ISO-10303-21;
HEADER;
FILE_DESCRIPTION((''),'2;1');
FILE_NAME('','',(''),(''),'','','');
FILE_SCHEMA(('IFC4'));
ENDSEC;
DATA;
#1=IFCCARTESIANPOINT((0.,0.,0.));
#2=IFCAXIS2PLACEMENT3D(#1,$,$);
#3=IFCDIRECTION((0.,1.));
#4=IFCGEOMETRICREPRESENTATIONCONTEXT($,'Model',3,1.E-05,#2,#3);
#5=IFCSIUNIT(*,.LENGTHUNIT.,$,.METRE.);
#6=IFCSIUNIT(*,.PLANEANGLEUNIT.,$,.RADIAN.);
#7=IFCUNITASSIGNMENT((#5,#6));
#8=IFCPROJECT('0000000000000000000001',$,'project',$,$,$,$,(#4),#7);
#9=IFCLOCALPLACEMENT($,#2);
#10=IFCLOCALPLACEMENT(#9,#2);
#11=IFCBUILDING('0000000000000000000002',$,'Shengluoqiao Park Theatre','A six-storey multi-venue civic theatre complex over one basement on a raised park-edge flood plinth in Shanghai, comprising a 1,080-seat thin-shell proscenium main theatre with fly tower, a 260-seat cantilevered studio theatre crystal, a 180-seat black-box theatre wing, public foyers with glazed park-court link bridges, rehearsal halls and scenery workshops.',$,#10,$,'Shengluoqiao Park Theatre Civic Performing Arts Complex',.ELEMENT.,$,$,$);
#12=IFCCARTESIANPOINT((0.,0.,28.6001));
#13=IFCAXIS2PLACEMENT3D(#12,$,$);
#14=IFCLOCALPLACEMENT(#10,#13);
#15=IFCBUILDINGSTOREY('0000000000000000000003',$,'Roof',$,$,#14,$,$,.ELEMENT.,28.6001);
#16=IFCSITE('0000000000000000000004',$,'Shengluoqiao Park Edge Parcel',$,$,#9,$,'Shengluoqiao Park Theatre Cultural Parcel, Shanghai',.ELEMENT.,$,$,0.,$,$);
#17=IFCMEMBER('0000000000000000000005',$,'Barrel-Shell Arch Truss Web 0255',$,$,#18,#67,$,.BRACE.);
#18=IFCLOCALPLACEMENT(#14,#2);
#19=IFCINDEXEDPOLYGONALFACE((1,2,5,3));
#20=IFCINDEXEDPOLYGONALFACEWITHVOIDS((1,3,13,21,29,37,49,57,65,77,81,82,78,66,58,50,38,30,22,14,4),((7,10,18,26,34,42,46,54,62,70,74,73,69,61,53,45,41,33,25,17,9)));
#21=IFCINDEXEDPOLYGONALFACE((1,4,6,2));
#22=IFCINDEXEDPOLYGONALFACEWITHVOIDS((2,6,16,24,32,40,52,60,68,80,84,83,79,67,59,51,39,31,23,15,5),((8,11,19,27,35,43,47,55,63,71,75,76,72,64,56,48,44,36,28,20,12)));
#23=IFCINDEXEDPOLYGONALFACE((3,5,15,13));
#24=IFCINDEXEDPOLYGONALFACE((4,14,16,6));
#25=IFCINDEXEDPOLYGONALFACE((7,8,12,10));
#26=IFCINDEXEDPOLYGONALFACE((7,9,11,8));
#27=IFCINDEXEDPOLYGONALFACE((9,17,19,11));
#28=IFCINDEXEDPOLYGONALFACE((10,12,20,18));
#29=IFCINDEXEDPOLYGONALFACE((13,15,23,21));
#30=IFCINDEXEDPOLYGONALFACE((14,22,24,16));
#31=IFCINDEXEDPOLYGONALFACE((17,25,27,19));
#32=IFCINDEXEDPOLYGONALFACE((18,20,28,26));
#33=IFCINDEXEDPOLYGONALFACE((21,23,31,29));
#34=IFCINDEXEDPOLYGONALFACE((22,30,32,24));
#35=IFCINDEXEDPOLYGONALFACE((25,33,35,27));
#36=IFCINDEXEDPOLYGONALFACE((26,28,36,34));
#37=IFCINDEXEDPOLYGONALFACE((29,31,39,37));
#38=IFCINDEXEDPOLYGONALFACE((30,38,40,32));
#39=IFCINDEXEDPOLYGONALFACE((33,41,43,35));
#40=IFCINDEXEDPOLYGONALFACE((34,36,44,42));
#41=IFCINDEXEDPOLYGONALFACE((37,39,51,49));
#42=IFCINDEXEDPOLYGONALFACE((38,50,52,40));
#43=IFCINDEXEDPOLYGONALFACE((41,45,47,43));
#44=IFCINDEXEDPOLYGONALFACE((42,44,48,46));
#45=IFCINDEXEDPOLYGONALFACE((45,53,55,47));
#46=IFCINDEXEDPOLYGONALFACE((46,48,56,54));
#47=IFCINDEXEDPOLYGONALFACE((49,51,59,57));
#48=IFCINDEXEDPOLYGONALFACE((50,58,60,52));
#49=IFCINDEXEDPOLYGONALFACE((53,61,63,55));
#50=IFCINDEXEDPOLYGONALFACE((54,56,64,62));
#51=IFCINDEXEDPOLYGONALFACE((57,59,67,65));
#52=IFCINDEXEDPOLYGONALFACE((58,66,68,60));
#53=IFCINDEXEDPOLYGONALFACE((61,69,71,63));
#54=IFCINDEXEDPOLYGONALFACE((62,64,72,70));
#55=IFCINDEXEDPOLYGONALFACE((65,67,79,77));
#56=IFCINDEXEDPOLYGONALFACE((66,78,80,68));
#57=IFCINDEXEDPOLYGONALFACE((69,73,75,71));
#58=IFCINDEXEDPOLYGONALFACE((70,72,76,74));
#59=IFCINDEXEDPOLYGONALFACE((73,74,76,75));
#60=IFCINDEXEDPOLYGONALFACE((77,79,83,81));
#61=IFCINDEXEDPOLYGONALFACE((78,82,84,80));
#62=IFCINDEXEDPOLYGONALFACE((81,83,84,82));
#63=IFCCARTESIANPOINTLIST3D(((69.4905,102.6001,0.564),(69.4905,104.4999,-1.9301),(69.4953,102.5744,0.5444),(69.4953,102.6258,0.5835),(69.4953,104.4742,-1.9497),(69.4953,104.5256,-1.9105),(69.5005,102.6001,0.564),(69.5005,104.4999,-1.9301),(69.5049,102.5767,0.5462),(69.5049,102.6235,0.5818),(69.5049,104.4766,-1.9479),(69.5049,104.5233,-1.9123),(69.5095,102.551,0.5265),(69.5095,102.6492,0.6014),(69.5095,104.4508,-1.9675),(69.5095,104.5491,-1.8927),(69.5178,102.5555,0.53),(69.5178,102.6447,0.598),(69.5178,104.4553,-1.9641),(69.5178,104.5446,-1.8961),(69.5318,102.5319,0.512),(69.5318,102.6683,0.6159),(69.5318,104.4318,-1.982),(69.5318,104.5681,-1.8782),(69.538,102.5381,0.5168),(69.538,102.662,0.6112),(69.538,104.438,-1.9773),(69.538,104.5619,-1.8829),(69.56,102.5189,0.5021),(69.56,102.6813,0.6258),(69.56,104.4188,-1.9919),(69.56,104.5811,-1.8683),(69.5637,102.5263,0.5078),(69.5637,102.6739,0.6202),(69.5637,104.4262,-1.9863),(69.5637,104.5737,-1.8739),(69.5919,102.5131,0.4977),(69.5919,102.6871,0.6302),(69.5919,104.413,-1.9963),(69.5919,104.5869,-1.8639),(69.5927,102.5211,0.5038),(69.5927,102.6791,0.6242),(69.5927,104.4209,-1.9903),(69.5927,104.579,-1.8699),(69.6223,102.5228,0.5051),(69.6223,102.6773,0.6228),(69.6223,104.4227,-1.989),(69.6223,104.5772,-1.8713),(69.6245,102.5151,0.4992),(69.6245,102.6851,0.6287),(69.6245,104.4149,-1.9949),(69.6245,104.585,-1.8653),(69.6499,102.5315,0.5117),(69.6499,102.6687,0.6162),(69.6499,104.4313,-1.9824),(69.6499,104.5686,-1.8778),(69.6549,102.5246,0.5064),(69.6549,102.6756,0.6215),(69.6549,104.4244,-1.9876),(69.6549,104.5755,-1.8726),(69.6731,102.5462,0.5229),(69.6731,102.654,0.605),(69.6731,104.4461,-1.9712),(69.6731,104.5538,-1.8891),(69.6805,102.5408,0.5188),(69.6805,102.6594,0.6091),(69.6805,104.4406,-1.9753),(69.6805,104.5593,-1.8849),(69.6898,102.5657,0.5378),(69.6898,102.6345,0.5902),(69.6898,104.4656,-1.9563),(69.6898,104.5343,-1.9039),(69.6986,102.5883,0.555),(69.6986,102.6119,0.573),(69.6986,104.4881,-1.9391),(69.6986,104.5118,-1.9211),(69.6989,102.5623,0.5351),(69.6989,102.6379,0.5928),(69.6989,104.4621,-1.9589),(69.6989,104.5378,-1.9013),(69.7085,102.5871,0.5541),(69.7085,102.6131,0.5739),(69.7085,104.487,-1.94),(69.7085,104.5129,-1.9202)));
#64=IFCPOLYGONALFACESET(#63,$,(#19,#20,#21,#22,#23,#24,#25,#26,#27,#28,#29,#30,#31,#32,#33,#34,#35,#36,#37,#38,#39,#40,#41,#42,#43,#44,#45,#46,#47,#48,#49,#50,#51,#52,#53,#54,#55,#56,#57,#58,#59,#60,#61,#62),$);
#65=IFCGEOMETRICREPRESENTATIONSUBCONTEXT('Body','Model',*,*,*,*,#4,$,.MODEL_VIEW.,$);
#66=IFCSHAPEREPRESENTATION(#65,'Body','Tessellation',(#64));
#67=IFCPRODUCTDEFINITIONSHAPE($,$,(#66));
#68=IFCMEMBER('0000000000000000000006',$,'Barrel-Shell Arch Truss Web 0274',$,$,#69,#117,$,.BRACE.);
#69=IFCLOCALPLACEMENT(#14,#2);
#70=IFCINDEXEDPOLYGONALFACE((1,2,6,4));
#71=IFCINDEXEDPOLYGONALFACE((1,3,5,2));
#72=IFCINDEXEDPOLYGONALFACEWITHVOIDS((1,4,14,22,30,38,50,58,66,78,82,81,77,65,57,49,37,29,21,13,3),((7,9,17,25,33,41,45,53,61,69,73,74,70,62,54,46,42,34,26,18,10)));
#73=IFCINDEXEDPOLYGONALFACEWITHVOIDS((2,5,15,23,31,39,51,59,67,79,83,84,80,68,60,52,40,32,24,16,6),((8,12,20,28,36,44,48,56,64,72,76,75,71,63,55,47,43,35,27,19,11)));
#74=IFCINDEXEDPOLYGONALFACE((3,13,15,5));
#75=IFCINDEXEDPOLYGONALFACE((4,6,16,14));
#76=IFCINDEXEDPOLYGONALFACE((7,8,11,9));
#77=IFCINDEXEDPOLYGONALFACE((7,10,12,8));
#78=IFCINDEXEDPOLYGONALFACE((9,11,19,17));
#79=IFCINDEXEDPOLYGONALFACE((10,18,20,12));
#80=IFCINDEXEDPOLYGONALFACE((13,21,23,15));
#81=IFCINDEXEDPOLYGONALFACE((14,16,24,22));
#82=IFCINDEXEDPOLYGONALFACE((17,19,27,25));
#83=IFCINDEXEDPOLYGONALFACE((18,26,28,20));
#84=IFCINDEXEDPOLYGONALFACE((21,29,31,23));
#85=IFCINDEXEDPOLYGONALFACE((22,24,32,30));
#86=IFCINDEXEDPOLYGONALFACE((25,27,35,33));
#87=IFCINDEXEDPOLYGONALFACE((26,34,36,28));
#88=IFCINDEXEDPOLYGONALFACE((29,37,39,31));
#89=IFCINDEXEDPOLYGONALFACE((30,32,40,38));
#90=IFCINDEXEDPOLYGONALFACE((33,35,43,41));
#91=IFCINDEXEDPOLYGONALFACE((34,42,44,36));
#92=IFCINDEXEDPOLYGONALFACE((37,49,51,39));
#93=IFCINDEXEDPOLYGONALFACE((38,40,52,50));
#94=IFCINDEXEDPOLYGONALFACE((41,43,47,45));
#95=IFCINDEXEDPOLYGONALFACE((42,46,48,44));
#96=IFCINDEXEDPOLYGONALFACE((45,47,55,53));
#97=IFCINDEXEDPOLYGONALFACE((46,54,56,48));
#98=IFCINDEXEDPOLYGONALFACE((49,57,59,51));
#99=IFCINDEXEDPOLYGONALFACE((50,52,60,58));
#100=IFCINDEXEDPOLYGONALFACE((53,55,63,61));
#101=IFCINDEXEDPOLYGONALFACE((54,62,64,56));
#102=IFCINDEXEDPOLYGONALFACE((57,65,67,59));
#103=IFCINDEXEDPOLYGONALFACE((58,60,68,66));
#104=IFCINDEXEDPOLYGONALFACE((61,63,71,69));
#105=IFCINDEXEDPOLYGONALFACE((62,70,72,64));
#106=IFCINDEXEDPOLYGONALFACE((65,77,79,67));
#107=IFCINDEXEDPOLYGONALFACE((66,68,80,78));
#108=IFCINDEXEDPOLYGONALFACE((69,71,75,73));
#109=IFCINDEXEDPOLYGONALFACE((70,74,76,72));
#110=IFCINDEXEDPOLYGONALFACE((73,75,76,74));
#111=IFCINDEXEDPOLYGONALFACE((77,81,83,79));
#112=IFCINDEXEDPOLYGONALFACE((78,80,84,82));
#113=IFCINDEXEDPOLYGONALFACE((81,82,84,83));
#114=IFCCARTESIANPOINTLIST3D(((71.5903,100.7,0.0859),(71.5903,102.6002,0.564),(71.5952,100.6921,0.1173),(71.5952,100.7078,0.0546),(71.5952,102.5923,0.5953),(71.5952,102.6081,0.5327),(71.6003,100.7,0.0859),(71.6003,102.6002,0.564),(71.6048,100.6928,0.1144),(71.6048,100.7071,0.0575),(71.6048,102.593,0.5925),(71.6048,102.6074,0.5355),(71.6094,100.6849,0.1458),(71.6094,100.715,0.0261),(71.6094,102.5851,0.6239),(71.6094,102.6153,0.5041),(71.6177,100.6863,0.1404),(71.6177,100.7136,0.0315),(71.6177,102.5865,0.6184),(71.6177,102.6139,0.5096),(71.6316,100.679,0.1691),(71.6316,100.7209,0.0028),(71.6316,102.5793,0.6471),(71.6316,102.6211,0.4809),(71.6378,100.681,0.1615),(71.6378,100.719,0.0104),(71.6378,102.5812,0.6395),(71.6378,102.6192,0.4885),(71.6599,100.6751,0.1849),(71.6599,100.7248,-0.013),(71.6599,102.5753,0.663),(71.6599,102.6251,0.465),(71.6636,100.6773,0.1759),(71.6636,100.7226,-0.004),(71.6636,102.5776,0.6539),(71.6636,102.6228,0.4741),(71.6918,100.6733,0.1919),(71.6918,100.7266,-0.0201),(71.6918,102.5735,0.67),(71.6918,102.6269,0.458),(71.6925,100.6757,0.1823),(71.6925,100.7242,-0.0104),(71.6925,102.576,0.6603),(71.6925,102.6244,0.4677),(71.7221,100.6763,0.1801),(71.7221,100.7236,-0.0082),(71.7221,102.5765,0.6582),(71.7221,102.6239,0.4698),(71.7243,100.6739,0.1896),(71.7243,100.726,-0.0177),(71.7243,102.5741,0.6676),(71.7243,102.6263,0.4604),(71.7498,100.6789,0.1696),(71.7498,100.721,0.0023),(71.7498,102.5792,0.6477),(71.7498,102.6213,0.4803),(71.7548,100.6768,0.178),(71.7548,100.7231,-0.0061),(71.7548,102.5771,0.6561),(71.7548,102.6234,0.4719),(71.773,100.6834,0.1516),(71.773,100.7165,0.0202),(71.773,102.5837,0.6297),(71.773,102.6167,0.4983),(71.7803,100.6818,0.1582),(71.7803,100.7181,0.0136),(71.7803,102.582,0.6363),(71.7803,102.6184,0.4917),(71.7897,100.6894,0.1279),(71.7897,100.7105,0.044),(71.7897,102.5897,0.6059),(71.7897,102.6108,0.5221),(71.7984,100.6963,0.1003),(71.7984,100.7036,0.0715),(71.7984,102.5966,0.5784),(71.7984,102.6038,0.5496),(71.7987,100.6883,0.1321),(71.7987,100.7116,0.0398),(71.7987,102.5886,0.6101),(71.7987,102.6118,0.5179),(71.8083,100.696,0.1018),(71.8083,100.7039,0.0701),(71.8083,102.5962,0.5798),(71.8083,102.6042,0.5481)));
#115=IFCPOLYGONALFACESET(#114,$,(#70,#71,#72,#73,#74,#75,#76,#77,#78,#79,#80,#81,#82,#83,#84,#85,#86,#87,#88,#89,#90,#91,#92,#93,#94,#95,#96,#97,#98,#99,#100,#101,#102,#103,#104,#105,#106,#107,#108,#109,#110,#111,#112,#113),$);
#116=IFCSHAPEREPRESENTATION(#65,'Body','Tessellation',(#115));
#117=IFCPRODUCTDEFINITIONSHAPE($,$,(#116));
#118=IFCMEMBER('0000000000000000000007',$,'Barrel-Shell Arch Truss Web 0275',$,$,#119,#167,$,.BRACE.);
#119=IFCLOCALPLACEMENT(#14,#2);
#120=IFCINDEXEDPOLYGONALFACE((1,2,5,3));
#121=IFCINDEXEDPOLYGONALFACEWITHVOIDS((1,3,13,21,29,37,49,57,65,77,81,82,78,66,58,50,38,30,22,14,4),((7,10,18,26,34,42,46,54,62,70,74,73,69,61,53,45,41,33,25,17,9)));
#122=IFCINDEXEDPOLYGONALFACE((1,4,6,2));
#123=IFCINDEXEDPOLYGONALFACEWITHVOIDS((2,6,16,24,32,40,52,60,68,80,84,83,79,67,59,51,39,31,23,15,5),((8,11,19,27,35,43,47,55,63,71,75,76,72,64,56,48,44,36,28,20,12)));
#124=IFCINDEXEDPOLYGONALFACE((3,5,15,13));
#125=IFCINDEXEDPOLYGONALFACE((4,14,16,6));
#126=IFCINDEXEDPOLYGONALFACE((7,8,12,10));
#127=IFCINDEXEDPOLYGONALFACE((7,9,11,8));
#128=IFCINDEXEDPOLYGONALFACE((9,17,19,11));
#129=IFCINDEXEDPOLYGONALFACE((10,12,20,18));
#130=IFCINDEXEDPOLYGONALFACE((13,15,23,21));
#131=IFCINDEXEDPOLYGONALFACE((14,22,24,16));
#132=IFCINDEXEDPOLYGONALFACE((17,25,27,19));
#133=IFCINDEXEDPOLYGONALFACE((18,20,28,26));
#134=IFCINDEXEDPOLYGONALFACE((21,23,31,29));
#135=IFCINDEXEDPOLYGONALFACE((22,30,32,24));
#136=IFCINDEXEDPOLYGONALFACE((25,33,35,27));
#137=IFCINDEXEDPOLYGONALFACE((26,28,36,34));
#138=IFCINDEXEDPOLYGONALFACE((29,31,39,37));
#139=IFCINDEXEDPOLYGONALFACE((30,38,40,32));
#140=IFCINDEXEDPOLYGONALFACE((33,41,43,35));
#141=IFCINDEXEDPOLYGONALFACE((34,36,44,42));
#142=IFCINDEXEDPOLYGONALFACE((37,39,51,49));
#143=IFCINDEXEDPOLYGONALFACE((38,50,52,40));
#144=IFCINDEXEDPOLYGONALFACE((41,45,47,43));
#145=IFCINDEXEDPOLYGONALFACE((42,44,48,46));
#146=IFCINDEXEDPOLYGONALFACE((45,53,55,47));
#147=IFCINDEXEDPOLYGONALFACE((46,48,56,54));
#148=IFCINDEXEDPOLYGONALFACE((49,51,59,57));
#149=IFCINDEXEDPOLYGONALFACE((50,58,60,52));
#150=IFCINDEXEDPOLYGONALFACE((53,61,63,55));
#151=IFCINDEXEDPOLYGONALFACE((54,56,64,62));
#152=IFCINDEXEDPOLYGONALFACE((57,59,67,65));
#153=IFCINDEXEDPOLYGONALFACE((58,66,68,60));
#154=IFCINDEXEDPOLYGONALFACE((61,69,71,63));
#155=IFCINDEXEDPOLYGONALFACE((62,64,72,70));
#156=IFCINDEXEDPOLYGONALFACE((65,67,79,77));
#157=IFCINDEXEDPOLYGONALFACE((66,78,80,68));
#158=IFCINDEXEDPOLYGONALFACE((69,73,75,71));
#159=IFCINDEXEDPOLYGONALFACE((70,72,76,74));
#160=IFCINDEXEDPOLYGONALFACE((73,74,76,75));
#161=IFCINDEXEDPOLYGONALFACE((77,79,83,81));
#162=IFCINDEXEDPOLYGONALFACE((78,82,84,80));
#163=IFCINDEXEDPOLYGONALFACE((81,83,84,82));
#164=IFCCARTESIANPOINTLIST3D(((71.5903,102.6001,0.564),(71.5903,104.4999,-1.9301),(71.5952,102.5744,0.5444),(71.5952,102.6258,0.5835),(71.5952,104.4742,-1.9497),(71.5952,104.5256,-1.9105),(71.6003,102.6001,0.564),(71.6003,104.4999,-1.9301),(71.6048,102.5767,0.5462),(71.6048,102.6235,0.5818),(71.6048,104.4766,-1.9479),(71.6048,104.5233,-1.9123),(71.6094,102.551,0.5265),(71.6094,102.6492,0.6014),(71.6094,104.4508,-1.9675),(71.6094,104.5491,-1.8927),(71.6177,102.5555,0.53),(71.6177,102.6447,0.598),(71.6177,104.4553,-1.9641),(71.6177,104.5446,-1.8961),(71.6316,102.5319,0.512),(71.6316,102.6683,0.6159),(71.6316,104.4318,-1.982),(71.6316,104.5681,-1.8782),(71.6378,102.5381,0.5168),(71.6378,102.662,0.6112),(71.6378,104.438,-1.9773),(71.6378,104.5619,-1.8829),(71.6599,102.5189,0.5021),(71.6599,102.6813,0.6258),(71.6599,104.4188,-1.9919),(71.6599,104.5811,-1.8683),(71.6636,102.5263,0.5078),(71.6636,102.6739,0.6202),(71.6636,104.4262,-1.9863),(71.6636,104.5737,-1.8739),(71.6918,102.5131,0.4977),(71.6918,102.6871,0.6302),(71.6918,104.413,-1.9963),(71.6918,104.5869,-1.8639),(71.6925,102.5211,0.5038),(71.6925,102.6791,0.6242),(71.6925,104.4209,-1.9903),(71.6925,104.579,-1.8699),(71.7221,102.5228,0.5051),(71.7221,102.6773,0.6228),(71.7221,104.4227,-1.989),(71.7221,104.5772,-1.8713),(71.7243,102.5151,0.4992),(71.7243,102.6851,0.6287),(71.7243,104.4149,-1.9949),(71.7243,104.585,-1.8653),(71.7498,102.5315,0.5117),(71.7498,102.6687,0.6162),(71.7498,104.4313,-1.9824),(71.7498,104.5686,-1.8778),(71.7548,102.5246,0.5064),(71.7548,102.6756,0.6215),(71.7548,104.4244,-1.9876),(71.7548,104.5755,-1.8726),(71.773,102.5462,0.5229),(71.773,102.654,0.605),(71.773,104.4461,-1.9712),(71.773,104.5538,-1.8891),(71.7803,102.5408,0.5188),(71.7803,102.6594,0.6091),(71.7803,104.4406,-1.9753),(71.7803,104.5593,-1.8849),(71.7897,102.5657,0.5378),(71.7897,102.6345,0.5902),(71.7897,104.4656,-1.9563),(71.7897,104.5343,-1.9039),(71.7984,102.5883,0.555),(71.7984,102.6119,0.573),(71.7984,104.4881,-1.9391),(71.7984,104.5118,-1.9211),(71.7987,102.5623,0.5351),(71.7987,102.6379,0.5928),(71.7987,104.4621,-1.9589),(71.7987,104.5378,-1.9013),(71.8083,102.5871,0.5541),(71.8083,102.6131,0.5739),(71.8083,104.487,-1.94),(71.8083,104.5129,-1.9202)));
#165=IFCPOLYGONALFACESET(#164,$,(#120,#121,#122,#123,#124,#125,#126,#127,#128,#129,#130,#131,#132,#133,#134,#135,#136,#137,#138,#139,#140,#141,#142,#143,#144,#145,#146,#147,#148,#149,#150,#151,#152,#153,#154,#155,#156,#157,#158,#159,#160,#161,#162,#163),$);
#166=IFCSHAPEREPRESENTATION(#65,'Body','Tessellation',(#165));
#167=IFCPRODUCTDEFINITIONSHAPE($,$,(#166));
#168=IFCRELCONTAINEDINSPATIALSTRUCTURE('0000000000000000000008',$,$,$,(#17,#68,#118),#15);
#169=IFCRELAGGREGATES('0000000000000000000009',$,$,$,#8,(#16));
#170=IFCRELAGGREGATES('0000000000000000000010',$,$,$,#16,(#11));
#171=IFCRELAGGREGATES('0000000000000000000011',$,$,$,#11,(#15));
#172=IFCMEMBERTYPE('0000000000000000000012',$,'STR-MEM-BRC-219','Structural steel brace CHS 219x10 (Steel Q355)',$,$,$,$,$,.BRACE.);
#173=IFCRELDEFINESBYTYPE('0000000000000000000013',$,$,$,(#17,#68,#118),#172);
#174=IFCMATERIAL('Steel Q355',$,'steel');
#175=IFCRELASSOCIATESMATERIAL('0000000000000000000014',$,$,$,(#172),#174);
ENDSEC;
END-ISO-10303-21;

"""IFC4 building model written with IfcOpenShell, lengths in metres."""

from ifc_helpers import new_model, si_unit, direction, frame, origin, origin_2d, place, context, subcontext, project, spatial, hollow_circle, extrude, material, material_profile, profile_set, type_object, element, save


model = new_model("IFC4")

# Units and contexts
model_context = context("Model", 3, precision=1e-05, world=origin(), true_north=direction((0.0, 1.0)))
body_context = subcontext(model_context, "Body", "Model", "MODEL_VIEW")
ifc_project = project(units=[si_unit("LENGTHUNIT", "METRE"), si_unit("PLANEANGLEUNIT", "RADIAN")], contexts=[model_context])

# Site, building, storey
site_placement = place(None, origin())
site = spatial("IfcSite", under=ifc_project, at=site_placement, Name="Shengluoqiao Park Edge Parcel", LongName="Shengluoqiao Park Theatre Cultural Parcel, Shanghai", CompositionType="ELEMENT", RefElevation=0.0)
building_placement = place(site_placement, origin())
building = spatial("IfcBuilding", under=site, at=building_placement, Name="Shengluoqiao Park Theatre", Description="A six-storey multi-venue civic theatre complex over one basement on a raised park-edge flood plinth in Shanghai, comprising a 1,080-seat thin-shell proscenium main theatre with fly tower, a 260-seat cantilevered studio theatre crystal, a 180-seat black-box theatre wing, public foyers with glazed park-court link bridges, rehearsal halls and scenery workshops.", LongName="Shengluoqiao Park Theatre Civic Performing Arts Complex", CompositionType="ELEMENT")
storey_placement = place(building_placement, frame((0.0, 0.0, 28.6001)))
storey = spatial("IfcBuildingStorey", under=building, at=storey_placement, Name="Roof", CompositionType="ELEMENT", Elevation=28.6001)

# Shared definitions
ifc_material_1 = material(Name="Steel Q355", Category="steel")

# Members
ifc_material_profile_1 = material_profile(ifc_material_1, hollow_circle(Radius=0.1096, WallThickness=0.01, at=origin_2d()), Name="CHS 219x10")
ifc_profile_set_1 = profile_set([ifc_material_profile_1], Name="Steel Q355")
member_type_1 = type_object("IfcMemberType", Name="STR-MEM-BRC-219", Description="Structural steel brace CHS 219x10 (Steel Q355)", PredefinedType="BRACE", material=ifc_profile_set_1)
member_1_placement = place(storey_placement, frame((69.6001, 102.6001, 0.564), z_axis=(0.0, 0.605963, -0.795492), x_axis=(-1.0, 0.0, 0.0)))
element("IfcMember", 1, at=member_1_placement, inside=storey, type_object=member_type_1, Name="Barrel-Shell Arch Truss Web 0255", PredefinedType="BRACE", context=body_context, shape_type="SweptSolid", body=[
    extrude(hollow_circle(Radius=0.1096, WallThickness=0.01, at=origin_2d()), origin(), (0.0, 0.0, 1.0), 3.1353),
])
member_2_placement = place(storey_placement, frame((71.7, 100.7, 0.0859), z_axis=(0.0, 0.969782, 0.243972), x_axis=(-1.0, 0.0, 0.0)))
element("IfcMember", 2, at=member_2_placement, inside=storey, type_object=member_type_1, Name="Barrel-Shell Arch Truss Web 0274", PredefinedType="BRACE", context=body_context, shape_type="SweptSolid", body=[
    extrude(hollow_circle(Radius=0.1096, WallThickness=0.01, at=origin_2d()), origin(), (0.0, 0.0, 1.0), 1.9595),
])
member_3_placement = place(storey_placement, frame((71.7, 102.6001, 0.564), z_axis=(0.0, 0.605963, -0.795492), x_axis=(-1.0, 0.0, 0.0)))
element("IfcMember", 3, at=member_3_placement, inside=storey, type_object=member_type_1, Name="Barrel-Shell Arch Truss Web 0275", PredefinedType="BRACE", context=body_context, shape_type="SweptSolid", body=[
    extrude(hollow_circle(Radius=0.1096, WallThickness=0.01, at=origin_2d()), origin(), (0.0, 0.0, 1.0), 3.1353),
])

save(model, "model.ifc")
